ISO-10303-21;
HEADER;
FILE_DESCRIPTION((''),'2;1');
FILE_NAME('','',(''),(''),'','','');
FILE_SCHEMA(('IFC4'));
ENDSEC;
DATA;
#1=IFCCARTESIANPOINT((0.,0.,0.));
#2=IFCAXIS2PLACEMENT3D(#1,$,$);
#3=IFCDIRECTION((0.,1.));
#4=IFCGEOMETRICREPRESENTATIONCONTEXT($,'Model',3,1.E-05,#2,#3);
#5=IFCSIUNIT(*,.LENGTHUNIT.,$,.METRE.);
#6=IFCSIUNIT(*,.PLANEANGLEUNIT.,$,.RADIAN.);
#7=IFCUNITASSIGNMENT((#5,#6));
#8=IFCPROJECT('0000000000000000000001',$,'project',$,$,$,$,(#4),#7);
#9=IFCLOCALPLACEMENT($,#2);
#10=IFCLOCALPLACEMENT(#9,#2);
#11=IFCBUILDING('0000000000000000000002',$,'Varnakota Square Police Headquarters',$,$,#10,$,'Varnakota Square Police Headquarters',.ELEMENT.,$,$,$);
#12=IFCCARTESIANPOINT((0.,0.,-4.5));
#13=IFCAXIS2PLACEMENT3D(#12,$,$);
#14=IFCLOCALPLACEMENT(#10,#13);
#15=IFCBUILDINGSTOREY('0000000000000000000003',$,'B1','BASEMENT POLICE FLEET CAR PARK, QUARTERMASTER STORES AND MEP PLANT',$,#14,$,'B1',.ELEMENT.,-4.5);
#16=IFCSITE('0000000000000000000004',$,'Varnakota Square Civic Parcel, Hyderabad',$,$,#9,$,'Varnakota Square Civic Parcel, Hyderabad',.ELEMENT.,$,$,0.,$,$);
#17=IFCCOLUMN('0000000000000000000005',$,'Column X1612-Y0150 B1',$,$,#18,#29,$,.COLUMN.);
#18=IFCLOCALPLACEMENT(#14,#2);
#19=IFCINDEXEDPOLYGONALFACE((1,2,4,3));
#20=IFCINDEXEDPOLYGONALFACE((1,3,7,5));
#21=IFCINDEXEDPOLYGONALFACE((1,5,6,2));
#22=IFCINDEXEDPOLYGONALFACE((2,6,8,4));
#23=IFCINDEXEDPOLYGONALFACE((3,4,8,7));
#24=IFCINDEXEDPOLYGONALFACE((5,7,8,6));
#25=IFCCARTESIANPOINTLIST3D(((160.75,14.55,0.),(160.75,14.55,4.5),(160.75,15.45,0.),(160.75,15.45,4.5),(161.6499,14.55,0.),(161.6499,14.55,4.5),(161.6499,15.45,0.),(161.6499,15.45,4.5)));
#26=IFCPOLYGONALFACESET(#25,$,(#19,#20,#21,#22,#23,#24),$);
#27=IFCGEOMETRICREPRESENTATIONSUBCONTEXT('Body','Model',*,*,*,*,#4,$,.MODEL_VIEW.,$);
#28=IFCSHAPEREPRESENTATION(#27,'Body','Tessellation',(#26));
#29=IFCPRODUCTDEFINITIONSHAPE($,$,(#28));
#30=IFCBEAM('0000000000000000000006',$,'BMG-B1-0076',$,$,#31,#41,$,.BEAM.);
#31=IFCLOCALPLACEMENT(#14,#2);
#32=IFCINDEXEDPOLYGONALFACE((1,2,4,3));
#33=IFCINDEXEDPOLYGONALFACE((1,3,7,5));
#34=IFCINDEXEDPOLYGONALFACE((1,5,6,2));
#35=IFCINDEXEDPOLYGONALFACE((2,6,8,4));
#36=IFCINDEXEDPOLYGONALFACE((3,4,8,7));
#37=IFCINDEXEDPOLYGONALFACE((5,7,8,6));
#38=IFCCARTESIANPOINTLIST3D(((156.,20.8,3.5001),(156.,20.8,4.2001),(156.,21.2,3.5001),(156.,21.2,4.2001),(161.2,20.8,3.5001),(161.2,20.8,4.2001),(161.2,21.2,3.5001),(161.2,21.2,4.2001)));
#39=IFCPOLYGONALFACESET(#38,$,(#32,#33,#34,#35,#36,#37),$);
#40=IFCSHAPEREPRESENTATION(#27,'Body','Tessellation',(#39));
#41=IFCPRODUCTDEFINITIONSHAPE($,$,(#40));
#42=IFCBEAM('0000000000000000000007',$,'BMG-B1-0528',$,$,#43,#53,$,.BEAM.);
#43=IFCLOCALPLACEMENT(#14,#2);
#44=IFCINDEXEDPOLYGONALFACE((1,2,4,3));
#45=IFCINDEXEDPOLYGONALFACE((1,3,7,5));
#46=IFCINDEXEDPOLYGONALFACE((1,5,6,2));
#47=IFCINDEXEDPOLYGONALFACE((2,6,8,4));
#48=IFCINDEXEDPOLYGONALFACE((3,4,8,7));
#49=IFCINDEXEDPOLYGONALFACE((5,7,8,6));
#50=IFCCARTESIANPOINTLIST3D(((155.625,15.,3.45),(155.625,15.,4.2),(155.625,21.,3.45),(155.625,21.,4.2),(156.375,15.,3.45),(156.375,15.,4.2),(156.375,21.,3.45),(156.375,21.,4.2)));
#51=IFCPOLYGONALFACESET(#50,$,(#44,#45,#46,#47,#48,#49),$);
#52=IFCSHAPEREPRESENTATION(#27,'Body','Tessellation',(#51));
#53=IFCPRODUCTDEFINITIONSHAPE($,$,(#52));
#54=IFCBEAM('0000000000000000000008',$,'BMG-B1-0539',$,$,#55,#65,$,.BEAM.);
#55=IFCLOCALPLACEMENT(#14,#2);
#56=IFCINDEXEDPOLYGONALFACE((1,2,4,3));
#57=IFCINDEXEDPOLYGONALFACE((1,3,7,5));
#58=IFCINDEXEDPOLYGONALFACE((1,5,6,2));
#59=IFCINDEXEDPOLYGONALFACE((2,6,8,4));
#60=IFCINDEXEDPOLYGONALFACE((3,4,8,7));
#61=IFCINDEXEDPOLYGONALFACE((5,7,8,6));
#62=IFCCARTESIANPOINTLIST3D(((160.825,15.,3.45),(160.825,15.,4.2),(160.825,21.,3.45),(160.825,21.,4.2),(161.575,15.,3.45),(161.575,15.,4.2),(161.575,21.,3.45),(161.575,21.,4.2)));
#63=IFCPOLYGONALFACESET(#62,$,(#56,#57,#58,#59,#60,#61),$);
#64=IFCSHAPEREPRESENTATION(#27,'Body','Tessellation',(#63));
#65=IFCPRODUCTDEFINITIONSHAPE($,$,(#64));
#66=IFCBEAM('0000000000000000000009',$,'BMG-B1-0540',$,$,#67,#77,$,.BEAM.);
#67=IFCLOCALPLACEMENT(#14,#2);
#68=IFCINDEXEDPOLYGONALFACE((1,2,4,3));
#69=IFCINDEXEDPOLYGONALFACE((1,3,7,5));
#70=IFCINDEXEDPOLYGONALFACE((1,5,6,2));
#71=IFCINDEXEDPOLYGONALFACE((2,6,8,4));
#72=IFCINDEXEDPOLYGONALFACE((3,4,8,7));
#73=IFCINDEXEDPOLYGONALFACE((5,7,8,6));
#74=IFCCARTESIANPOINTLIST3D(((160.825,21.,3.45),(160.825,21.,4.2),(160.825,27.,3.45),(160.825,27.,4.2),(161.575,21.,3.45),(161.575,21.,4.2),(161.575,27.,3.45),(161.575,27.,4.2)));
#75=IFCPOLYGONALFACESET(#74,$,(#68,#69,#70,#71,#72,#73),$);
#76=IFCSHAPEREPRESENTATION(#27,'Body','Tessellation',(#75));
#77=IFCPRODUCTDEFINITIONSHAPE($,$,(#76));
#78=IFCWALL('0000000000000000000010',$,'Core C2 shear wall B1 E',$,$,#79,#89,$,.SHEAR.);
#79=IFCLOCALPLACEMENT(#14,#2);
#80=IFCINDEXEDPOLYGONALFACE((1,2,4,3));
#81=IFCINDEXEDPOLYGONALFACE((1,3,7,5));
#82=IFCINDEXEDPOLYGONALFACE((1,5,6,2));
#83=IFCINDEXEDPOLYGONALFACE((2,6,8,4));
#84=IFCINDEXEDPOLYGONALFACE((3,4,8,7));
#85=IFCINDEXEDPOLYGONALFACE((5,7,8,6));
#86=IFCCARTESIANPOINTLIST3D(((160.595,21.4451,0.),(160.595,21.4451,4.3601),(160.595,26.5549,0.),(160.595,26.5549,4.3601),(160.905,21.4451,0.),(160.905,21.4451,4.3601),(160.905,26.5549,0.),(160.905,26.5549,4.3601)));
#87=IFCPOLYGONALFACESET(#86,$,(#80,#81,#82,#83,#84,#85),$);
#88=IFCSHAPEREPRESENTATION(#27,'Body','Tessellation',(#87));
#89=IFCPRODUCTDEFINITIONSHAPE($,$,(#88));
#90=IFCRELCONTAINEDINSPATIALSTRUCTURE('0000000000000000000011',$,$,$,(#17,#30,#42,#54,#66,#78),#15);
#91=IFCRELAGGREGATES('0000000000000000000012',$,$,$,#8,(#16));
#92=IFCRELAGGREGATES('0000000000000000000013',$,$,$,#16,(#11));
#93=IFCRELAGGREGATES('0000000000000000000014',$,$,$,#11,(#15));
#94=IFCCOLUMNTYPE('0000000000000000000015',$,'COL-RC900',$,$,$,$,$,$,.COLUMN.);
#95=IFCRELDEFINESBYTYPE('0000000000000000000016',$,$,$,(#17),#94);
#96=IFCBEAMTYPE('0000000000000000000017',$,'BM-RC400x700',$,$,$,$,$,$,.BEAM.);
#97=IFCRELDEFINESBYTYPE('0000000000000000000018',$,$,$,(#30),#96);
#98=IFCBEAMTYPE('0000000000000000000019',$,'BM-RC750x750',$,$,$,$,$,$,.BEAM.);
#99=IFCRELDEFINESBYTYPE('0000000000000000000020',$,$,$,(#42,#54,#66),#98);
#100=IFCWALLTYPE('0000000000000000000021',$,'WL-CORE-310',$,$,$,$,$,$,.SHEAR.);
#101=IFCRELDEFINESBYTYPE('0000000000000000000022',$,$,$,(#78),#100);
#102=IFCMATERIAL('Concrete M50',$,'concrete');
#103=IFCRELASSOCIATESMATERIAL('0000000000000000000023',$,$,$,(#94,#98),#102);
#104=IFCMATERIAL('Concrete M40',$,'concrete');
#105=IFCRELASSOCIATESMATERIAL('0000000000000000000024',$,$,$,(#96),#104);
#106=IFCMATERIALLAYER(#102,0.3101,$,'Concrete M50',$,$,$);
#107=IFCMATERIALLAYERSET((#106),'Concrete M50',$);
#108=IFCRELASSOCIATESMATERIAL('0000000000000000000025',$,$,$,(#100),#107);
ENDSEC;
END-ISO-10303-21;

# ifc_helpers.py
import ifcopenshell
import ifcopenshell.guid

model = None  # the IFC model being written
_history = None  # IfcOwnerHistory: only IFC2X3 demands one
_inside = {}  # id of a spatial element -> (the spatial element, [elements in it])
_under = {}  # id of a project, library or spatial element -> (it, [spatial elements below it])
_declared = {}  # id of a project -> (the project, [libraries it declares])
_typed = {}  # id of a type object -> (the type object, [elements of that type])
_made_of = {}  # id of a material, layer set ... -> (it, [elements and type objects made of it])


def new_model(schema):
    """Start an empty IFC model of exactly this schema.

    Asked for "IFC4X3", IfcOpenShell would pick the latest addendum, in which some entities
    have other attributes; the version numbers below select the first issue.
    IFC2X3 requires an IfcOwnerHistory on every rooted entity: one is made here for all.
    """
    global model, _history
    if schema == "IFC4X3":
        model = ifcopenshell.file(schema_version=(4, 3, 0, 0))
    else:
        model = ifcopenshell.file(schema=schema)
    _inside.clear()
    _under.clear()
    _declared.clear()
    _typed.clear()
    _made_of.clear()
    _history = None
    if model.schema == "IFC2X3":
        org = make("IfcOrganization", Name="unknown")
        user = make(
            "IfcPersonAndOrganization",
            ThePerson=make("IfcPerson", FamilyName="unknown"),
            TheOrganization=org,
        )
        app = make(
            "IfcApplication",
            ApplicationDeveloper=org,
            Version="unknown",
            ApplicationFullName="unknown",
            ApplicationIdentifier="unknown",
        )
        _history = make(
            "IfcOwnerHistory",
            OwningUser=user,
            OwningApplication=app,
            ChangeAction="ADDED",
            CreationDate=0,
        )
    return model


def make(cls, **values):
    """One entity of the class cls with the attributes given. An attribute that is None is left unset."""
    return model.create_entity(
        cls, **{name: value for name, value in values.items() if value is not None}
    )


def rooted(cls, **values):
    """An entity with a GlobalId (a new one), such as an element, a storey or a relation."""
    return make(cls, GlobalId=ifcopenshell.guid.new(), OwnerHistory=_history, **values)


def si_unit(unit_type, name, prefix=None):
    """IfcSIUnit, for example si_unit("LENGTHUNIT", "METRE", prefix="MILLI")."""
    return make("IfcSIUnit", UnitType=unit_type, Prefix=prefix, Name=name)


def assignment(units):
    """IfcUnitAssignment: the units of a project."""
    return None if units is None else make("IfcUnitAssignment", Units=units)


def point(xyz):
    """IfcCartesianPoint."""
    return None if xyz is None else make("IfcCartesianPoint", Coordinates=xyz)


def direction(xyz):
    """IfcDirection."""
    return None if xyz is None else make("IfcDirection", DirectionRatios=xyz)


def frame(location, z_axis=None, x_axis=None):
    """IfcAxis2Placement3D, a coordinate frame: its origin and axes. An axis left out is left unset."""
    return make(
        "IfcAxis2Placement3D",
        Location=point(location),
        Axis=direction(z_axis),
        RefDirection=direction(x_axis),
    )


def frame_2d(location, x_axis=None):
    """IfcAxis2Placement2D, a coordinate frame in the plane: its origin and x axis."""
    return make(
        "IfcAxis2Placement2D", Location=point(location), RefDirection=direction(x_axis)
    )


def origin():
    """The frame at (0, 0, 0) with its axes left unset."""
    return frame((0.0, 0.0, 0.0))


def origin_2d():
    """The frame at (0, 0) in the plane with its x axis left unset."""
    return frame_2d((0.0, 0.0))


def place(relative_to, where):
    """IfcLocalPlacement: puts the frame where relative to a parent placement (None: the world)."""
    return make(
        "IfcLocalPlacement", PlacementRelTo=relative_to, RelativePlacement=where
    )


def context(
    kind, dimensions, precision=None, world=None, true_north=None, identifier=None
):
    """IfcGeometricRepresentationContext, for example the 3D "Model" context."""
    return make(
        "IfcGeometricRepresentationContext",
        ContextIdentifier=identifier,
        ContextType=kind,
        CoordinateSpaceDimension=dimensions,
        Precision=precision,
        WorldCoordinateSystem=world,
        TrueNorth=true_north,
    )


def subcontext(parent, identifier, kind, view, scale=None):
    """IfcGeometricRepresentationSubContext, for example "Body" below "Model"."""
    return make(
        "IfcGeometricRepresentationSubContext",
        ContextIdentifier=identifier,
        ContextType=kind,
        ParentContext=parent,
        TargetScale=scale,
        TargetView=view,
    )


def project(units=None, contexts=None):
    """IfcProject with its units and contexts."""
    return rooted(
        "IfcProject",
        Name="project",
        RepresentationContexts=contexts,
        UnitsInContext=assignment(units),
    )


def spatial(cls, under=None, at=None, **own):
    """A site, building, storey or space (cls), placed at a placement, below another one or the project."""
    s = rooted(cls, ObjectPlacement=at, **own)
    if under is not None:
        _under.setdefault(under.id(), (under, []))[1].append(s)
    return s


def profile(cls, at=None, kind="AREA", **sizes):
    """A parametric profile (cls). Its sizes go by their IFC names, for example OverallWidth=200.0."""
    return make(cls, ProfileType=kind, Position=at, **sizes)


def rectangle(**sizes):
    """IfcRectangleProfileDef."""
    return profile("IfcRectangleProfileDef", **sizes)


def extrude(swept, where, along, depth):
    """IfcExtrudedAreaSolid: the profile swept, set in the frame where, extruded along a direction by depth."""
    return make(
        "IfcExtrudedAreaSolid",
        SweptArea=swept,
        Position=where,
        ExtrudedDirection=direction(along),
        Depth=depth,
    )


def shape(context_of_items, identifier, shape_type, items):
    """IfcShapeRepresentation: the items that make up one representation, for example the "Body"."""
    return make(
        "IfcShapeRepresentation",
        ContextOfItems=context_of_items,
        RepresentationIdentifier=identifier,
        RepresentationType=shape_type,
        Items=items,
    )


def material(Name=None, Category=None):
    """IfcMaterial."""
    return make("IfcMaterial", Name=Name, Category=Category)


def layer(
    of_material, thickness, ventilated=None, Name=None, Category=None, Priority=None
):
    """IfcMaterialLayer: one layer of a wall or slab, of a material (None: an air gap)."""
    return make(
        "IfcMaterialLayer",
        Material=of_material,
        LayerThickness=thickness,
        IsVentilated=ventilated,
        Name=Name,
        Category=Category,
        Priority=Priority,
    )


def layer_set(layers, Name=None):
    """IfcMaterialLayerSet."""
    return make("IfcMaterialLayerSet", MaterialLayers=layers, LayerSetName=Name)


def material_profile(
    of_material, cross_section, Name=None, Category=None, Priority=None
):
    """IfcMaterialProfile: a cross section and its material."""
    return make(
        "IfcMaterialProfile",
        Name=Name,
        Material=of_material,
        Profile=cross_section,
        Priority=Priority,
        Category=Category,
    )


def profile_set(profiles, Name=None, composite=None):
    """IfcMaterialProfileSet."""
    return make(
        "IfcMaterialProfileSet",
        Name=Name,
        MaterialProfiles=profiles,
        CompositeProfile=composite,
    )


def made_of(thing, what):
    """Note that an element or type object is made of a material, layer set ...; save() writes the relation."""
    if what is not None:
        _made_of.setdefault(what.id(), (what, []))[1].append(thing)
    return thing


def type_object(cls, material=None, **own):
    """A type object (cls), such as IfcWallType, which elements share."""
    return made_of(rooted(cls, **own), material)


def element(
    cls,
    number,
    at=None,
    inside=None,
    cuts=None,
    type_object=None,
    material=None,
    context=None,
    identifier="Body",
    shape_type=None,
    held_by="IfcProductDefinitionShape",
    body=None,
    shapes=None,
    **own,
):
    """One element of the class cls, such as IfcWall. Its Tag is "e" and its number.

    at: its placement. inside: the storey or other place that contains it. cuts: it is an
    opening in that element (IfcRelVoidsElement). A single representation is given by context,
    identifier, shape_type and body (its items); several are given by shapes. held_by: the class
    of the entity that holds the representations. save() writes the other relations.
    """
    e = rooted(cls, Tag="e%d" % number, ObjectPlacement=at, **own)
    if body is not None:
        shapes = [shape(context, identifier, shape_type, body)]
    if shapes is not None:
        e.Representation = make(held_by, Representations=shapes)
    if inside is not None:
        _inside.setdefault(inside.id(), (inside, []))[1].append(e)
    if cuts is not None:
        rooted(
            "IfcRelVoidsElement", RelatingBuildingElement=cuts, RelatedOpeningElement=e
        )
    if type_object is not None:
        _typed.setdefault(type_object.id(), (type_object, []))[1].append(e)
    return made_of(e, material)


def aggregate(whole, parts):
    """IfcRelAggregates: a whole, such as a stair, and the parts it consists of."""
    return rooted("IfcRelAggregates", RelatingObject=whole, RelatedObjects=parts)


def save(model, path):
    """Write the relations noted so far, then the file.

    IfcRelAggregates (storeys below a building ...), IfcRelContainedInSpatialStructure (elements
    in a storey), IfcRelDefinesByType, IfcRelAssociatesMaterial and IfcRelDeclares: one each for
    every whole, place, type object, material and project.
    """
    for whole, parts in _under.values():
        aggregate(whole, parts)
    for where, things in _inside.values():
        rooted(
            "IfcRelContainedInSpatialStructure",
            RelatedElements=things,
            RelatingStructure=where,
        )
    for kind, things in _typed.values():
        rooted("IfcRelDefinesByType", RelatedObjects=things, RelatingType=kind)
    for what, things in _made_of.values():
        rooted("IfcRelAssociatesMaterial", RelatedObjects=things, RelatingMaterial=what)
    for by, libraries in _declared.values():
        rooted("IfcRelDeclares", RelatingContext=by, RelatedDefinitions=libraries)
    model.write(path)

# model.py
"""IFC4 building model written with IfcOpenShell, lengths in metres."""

from ifc_helpers import new_model, si_unit, direction, frame, frame_2d, origin, origin_2d, place, context, subcontext, project, spatial, rectangle, extrude, material, layer, layer_set, material_profile, profile_set, type_object, element, save


model = new_model("IFC4")

# Units and contexts
model_context = context("Model", 3, precision=1e-05, world=origin(), true_north=direction((0.0, 1.0)))
body_context = subcontext(model_context, "Body", "Model", "MODEL_VIEW")
ifc_project = project(units=[si_unit("LENGTHUNIT", "METRE"), si_unit("PLANEANGLEUNIT", "RADIAN")], contexts=[model_context])

# Site, building, storey
site_placement = place(None, origin())
site = spatial("IfcSite", under=ifc_project, at=site_placement, Name="Varnakota Square Civic Parcel, Hyderabad", LongName="Varnakota Square Civic Parcel, Hyderabad", CompositionType="ELEMENT", RefElevation=0.0)
building_placement = place(site_placement, origin())
building = spatial("IfcBuilding", under=site, at=building_placement, Name="Varnakota Square Police Headquarters", LongName="Varnakota Square Police Headquarters", CompositionType="ELEMENT")
storey_placement = place(building_placement, frame((0.0, 0.0, -4.5)))
storey = spatial("IfcBuildingStorey", under=building, at=storey_placement, Name="B1", Description="BASEMENT POLICE FLEET CAR PARK, QUARTERMASTER STORES AND MEP PLANT", LongName="B1", CompositionType="ELEMENT", Elevation=-4.5)

# Shared definitions
ifc_material_1 = material(Name="Concrete M40", Category="concrete")
ifc_material_2 = material(Name="Concrete M50", Category="concrete")

# Column
ifc_material_profile_1 = material_profile(ifc_material_2, rectangle(XDim=0.8999, YDim=0.8999, at=origin_2d()), Name="RC 900x900")
ifc_profile_set_1 = profile_set([ifc_material_profile_1], Name="Concrete M50")
column_type_1 = type_object("IfcColumnType", Name="COL-RC900", PredefinedType="COLUMN", material=ifc_profile_set_1)
column_placement = place(storey_placement, frame((161.2, 15.0, 0.0), z_axis=(0.0, 0.0, 1.0), x_axis=(1.0, 0.0, 0.0)))
element("IfcColumn", 1, at=column_placement, inside=storey, type_object=column_type_1, Name="Column X1612-Y0150 B1", PredefinedType="COLUMN", context=body_context, shape_type="SweptSolid", body=[
    extrude(rectangle(XDim=0.8999, YDim=0.8999, at=origin_2d()), origin(), (0.0, 0.0, 1.0), 4.5),
])

# Beams
ifc_material_profile_2 = material_profile(ifc_material_1, rectangle(XDim=0.3999, YDim=0.7, at=origin_2d()), Name="RC 400x700")
ifc_profile_set_2 = profile_set([ifc_material_profile_2], Name="Concrete M40")
beam_type_1 = type_object("IfcBeamType", Name="BM-RC400x700", PredefinedType="BEAM", material=ifc_profile_set_2)
beam_placement = place(storey_placement, frame((156.0, 21.0, 3.8501), z_axis=(1.0, 0.0, 0.0), x_axis=(0.0, 1.0, 0.0)))
element("IfcBeam", 2, at=beam_placement, inside=storey, type_object=beam_type_1, Name="BMG-B1-0076", PredefinedType="BEAM", context=body_context, shape_type="SweptSolid", body=[
    extrude(rectangle(XDim=0.3999, YDim=0.7, at=origin_2d()), origin(), (0.0, 0.0, 1.0), 5.2),
])
ifc_material_profile_3 = material_profile(ifc_material_2, rectangle(XDim=0.75, YDim=0.75, at=origin_2d()), Name="RC 750x750")
ifc_profile_set_3 = profile_set([ifc_material_profile_3], Name="Concrete M50")
beam_type_2 = type_object("IfcBeamType", Name="BM-RC750x750", PredefinedType="BEAM", material=ifc_profile_set_3)
for number, where, z_axis, x_axis, name in (
    (3, (156.0, 15.0, 3.825), (0.0, 1.0, 0.0), (-1.0, 0.0, 0.0), "BMG-B1-0528"),
    (4, (161.2, 15.0, 3.825), (0.0, 1.0, 0.0), (-1.0, 0.0, 0.0), "BMG-B1-0539"),
    (5, (161.2, 21.0, 3.825), (0.0, 1.0, 0.0), (-1.0, 0.0, 0.0), "BMG-B1-0540"),
):
    element("IfcBeam", number, at=place(storey_placement, frame(where, z_axis=z_axis, x_axis=x_axis)), inside=storey, type_object=beam_type_2, Name=name, PredefinedType="BEAM", context=body_context, shape_type="SweptSolid", body=[
        extrude(rectangle(XDim=0.75, YDim=0.75, at=origin_2d()), origin(), (0.0, 0.0, 1.0), 6.0),
    ])

# Wall
ifc_layer = layer(ifc_material_2, 0.3101, Name="Concrete M50")
ifc_layer_set = layer_set([ifc_layer], Name="Concrete M50")
wall_type = type_object("IfcWallType", Name="WL-CORE-310", PredefinedType="SHEAR", material=ifc_layer_set)
wall_placement = place(storey_placement, frame((160.75, 21.4451, 0.0), z_axis=(0.0, 0.0, 1.0), x_axis=(0.0, 1.0, 0.0)))
element("IfcWall", 6, at=wall_placement, inside=storey, type_object=wall_type, Name="Core C2 shear wall B1 E", PredefinedType="SHEAR", context=body_context, shape_type="SweptSolid", body=[
    extrude(rectangle(XDim=5.1099, YDim=0.3101, at=frame_2d((2.5549, 0.0))), origin(), (0.0, 0.0, 1.0), 4.3601),
])

save(model, "model.ifc")
